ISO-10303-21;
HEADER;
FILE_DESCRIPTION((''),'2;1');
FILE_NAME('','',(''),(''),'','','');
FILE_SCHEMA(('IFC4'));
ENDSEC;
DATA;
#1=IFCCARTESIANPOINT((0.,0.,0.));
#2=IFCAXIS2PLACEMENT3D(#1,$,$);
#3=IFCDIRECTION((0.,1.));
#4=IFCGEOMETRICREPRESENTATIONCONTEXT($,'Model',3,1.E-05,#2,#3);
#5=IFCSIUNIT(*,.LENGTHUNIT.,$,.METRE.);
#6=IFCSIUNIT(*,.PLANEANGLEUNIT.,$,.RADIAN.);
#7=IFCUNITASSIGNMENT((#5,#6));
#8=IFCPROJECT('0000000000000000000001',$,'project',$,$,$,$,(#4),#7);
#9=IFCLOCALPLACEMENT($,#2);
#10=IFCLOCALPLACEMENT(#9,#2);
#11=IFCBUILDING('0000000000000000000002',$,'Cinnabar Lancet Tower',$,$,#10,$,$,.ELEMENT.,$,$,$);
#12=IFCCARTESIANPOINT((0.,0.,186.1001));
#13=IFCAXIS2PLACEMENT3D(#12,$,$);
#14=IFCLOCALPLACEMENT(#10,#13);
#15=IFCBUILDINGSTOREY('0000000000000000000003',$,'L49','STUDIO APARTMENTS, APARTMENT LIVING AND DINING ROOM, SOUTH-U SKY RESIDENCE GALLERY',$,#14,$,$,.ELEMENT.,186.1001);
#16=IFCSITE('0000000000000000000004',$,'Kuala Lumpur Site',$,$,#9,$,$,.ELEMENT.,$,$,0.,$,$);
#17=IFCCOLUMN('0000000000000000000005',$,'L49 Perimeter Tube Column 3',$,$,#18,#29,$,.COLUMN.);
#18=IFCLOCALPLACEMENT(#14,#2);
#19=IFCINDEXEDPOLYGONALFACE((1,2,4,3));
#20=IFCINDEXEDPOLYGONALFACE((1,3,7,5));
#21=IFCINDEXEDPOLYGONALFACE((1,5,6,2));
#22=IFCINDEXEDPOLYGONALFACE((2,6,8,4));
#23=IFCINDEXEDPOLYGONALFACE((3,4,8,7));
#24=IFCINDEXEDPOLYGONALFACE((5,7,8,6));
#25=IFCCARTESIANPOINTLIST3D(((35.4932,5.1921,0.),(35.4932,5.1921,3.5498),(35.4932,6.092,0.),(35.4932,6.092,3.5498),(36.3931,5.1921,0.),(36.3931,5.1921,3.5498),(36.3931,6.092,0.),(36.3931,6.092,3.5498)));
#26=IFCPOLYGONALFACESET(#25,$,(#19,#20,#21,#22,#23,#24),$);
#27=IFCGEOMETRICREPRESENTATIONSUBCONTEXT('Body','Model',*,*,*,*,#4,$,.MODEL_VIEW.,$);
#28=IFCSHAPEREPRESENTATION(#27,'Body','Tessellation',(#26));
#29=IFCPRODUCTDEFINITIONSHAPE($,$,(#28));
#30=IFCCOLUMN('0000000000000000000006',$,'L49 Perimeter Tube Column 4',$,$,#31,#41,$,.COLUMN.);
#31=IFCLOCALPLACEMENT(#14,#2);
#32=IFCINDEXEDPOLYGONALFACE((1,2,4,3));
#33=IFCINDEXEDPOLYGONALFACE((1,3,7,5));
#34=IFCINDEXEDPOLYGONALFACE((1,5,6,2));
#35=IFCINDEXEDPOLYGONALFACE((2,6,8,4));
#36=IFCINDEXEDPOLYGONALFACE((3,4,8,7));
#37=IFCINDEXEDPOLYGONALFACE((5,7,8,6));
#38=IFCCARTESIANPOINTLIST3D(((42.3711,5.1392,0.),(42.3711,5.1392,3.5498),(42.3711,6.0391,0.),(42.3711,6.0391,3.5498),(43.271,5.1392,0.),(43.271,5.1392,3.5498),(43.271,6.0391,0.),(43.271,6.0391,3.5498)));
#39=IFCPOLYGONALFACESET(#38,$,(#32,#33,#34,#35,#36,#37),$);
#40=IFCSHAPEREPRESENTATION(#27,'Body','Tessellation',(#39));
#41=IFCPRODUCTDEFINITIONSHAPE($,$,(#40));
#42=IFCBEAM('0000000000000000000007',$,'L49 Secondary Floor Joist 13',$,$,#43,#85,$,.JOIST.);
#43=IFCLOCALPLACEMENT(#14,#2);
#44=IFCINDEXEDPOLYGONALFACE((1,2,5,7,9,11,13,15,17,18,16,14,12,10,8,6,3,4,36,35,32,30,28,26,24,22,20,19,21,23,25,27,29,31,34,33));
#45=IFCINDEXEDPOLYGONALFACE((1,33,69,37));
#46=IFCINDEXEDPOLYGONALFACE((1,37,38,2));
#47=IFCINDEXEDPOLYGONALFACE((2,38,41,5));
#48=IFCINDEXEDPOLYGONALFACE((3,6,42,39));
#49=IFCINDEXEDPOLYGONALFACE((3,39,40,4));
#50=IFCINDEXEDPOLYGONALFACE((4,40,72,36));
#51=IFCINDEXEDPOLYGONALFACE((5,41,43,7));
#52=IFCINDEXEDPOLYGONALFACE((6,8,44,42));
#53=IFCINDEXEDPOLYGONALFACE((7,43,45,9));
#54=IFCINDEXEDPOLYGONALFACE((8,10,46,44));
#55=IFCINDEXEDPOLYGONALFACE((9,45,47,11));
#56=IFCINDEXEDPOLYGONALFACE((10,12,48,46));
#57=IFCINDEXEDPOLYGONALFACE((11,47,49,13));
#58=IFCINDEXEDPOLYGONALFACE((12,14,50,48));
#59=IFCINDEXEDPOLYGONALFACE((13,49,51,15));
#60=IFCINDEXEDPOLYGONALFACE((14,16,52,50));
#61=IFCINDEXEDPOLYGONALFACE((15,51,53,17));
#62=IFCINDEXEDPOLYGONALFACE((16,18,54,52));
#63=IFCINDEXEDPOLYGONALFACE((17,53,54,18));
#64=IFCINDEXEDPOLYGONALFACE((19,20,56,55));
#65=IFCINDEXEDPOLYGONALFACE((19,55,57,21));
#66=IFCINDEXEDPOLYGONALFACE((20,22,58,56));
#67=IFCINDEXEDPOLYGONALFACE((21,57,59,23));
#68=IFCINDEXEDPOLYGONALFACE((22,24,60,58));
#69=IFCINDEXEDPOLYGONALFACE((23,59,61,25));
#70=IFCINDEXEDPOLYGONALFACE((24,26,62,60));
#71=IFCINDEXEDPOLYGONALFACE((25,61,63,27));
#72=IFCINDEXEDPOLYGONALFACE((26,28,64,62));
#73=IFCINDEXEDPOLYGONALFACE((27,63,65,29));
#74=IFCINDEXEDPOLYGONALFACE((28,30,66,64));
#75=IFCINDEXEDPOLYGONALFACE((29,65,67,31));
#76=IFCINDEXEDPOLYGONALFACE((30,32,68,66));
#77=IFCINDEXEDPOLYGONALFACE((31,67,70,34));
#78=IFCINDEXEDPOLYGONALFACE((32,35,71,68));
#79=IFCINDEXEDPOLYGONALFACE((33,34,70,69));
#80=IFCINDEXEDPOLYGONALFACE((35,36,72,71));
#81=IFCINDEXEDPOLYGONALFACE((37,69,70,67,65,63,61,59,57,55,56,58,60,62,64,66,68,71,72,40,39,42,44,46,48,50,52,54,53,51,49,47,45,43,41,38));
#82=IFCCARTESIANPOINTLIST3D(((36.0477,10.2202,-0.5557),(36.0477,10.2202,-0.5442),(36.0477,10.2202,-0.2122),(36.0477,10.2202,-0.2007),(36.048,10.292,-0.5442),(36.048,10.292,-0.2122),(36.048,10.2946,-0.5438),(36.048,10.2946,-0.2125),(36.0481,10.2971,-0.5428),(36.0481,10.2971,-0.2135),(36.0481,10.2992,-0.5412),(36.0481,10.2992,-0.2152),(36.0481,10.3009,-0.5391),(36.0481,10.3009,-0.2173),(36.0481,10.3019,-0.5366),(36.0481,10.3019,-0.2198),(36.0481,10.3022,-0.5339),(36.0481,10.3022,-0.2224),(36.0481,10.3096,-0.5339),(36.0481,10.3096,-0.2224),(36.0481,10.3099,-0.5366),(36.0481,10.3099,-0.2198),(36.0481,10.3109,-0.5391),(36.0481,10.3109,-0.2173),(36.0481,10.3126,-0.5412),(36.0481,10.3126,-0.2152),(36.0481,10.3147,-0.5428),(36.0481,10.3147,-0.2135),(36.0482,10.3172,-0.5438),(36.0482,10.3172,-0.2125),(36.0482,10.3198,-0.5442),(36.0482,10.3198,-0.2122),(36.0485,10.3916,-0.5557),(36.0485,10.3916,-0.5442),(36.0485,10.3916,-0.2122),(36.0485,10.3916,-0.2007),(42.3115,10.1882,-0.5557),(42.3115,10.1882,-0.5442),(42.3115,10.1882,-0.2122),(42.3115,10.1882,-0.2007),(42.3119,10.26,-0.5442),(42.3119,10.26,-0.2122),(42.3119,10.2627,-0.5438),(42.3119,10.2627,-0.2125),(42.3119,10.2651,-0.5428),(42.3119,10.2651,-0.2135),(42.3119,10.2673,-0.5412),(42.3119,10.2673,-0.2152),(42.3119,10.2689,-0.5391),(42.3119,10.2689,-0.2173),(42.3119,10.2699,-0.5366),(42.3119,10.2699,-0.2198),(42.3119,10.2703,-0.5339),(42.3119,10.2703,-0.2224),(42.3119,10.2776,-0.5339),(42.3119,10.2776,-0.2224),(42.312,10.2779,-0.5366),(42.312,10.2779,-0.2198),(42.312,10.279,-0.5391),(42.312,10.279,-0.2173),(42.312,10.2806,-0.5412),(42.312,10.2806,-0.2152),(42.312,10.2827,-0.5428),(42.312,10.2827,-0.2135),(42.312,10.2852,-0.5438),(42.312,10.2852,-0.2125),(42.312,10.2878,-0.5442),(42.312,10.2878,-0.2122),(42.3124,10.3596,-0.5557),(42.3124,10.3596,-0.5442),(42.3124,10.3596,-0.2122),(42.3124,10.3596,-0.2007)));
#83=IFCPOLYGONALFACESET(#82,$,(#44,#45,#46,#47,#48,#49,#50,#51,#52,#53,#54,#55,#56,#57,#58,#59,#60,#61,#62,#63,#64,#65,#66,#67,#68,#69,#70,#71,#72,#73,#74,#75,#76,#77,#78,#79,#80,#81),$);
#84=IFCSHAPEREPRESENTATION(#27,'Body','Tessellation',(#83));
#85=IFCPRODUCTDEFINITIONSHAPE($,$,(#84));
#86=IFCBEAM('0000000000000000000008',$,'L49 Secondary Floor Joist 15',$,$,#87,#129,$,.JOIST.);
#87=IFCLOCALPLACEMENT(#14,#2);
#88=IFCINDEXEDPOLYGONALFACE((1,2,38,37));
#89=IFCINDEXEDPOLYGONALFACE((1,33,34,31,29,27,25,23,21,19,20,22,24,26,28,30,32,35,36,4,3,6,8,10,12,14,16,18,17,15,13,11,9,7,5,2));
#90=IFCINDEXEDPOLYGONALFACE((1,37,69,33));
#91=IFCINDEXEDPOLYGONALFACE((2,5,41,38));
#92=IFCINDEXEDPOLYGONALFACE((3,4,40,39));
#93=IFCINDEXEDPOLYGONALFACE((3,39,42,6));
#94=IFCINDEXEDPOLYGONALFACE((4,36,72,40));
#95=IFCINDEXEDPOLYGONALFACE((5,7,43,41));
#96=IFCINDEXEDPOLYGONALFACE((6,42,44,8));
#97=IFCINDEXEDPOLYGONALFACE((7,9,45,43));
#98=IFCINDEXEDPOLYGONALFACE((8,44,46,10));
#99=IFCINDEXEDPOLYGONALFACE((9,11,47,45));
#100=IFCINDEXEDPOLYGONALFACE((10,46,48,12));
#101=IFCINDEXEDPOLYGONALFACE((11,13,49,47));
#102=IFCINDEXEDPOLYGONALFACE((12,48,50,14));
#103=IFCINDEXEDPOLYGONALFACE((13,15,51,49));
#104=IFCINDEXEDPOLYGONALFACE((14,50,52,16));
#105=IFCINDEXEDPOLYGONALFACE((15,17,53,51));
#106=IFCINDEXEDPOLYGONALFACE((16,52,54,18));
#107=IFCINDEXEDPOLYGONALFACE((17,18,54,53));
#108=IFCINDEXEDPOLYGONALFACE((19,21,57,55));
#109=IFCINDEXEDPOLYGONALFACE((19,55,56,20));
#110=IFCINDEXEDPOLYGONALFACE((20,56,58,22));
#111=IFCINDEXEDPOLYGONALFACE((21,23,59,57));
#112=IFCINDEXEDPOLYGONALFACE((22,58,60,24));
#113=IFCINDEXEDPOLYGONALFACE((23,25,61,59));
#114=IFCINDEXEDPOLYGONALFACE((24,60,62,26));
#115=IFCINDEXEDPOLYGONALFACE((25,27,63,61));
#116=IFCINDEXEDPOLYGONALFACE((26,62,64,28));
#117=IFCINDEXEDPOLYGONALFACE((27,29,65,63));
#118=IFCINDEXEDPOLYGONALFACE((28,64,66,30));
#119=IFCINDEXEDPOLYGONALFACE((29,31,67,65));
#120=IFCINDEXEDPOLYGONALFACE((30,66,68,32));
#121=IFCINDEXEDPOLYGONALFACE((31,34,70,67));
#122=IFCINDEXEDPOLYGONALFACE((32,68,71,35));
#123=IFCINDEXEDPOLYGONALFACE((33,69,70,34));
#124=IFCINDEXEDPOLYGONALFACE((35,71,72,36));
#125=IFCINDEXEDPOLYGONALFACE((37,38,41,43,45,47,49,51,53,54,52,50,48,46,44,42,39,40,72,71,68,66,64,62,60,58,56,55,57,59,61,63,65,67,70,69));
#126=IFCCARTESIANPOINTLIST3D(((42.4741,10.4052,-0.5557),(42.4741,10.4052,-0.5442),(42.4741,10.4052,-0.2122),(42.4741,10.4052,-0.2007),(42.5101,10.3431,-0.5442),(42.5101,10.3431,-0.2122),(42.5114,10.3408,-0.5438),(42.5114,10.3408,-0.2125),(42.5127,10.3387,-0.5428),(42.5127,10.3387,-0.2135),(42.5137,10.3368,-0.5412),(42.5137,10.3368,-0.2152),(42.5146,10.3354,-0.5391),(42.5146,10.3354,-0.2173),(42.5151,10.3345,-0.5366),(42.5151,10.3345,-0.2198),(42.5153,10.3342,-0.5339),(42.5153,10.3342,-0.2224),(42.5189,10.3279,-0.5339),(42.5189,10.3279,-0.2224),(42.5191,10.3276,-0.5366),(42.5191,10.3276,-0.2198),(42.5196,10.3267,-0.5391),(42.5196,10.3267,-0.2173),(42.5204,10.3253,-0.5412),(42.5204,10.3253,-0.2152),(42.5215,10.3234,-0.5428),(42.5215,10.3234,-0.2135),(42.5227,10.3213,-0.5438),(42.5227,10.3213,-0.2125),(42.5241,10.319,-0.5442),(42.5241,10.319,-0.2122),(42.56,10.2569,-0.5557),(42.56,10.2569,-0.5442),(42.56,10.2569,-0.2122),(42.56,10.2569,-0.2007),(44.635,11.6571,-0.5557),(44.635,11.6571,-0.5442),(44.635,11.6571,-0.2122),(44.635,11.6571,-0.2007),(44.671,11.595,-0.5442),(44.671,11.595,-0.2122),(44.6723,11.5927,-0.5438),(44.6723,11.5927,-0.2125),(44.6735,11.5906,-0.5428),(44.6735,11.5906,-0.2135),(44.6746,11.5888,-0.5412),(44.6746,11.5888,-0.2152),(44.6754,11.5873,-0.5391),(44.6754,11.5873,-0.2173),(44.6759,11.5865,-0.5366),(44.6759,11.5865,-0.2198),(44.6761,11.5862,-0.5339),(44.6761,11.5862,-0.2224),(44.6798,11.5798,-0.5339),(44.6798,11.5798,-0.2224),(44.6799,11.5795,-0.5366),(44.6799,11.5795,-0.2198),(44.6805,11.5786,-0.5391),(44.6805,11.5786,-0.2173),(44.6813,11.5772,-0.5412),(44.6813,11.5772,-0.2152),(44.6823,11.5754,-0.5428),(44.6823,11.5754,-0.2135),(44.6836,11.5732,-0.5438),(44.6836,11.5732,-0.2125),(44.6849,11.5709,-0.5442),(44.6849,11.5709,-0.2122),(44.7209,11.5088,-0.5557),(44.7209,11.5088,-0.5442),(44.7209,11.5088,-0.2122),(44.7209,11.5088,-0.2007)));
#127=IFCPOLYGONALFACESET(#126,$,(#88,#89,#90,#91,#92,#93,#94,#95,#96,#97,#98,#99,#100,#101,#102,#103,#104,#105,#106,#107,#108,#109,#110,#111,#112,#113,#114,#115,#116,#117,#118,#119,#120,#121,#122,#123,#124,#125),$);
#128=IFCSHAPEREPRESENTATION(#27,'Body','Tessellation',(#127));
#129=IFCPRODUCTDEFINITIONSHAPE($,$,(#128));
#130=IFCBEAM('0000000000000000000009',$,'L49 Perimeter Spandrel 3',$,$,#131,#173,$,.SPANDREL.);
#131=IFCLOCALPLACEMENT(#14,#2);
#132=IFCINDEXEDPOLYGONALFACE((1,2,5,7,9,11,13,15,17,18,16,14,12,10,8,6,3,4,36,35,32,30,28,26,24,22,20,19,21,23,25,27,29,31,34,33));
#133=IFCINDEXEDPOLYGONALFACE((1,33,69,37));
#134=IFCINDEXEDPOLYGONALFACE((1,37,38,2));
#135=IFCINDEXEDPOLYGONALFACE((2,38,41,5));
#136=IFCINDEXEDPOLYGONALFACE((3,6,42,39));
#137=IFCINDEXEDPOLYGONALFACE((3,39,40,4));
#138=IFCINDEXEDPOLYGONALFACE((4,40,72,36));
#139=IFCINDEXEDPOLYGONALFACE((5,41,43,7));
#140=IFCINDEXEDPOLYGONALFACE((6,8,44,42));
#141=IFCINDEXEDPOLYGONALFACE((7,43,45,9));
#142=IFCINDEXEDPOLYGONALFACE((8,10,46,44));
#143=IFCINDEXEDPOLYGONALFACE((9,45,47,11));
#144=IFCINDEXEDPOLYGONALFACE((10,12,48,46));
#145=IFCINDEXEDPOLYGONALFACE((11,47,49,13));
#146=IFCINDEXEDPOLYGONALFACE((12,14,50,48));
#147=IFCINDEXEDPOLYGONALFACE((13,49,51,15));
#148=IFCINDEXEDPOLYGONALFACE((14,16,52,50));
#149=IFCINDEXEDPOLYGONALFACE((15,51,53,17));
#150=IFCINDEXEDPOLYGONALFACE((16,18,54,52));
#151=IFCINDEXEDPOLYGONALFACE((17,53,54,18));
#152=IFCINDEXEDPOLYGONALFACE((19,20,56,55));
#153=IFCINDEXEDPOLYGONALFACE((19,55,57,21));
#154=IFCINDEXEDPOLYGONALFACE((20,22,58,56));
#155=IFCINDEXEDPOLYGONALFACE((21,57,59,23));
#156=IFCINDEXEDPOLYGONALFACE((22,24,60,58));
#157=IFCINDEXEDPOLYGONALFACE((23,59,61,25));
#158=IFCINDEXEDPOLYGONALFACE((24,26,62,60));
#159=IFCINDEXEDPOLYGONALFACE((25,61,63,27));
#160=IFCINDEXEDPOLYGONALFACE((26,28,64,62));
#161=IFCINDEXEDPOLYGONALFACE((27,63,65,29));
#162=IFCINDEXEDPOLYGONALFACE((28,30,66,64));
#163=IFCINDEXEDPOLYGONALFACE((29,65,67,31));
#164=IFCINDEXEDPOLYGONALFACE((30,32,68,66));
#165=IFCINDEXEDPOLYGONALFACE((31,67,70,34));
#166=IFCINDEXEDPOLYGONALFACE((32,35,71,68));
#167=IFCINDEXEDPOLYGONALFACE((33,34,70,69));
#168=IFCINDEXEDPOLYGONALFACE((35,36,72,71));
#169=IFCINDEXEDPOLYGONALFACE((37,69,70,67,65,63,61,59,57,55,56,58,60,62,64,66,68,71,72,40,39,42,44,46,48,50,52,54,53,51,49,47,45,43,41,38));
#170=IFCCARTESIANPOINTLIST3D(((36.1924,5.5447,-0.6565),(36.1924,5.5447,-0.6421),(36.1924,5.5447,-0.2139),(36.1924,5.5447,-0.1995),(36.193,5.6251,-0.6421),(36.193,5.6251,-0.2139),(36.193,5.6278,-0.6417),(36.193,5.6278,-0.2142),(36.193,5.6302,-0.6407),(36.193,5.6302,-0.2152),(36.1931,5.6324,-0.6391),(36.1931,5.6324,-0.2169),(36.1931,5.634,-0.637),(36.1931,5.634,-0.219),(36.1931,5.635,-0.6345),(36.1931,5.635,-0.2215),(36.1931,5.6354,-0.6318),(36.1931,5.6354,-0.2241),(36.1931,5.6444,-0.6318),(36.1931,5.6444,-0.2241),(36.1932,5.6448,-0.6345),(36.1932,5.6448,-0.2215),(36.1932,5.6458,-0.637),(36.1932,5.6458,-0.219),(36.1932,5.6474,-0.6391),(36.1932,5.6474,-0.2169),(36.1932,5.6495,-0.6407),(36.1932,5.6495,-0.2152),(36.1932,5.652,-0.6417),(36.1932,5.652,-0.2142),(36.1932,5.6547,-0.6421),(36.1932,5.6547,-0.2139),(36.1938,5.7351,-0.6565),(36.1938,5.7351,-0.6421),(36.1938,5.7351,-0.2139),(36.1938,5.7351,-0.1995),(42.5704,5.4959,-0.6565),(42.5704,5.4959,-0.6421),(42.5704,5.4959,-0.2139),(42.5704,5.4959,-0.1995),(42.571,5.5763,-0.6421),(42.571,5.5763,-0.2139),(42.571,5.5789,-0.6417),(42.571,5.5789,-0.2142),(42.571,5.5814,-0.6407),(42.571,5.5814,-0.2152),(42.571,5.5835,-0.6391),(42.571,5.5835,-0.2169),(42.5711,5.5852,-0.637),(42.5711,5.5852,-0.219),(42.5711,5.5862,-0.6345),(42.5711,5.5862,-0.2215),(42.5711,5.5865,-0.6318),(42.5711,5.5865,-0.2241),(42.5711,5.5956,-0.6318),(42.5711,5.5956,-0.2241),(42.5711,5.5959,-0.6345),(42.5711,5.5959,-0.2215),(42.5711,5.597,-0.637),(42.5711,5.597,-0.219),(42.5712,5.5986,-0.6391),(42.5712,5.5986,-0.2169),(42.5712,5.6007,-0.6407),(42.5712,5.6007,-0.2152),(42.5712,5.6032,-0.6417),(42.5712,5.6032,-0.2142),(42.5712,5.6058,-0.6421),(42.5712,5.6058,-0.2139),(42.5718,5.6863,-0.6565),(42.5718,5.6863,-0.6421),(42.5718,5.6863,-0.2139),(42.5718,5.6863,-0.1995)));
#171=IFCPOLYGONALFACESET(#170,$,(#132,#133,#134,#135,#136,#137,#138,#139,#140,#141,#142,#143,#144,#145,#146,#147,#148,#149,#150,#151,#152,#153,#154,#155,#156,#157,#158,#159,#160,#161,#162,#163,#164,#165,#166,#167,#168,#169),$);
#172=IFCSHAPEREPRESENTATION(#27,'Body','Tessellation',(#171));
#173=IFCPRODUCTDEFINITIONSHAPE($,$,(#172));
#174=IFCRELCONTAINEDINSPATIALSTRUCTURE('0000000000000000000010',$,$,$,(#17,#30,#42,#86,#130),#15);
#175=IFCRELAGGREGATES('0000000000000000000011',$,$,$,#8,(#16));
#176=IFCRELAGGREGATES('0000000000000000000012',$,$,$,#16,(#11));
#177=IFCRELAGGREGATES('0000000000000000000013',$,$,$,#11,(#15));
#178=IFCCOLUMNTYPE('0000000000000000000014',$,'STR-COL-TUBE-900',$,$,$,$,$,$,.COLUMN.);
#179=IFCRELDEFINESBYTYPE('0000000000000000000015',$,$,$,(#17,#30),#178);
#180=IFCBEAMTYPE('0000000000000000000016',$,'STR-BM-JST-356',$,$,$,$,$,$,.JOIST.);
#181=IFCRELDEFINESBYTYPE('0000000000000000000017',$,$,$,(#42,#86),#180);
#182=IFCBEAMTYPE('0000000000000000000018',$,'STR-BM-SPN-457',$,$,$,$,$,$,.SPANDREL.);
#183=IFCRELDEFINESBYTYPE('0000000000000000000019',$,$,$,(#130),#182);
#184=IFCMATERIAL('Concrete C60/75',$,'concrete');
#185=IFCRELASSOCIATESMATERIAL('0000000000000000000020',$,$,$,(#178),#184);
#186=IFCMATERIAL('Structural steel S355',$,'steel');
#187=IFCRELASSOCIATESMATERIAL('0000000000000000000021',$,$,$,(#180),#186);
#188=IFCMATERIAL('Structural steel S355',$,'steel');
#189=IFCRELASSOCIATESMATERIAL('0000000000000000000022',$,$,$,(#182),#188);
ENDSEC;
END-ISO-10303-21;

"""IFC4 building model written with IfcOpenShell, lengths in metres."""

from ifc_helpers import new_model, si_unit, direction, frame, origin, origin_2d, place, context, subcontext, project, spatial, rectangle, i_section, extrude, material, material_profile, profile_set, type_object, element, save


model = new_model("IFC4")

# Units and contexts
model_context = context("Model", 3, precision=1e-05, world=origin(), true_north=direction((0.0, 1.0)))
body_context = subcontext(model_context, "Body", "Model", "MODEL_VIEW")
ifc_project = project(units=[si_unit("LENGTHUNIT", "METRE"), si_unit("PLANEANGLEUNIT", "RADIAN")], contexts=[model_context])

# Site, building, storey
site_placement = place(None, origin())
site = spatial("IfcSite", under=ifc_project, at=site_placement, Name="Kuala Lumpur Site", CompositionType="ELEMENT", RefElevation=0.0)
building_placement = place(site_placement, origin())
building = spatial("IfcBuilding", under=site, at=building_placement, Name="Cinnabar Lancet Tower", CompositionType="ELEMENT")
storey_placement = place(building_placement, frame((0.0, 0.0, 186.1001)))
storey = spatial("IfcBuildingStorey", under=building, at=storey_placement, Name="L49", Description="STUDIO APARTMENTS, APARTMENT LIVING AND DINING ROOM, SOUTH-U SKY RESIDENCE GALLERY", CompositionType="ELEMENT", Elevation=186.1001)

# Columns
ifc_material_1 = material(Name="Concrete C60/75", Category="concrete")
ifc_material_profile_1 = material_profile(ifc_material_1, rectangle(XDim=0.8999, YDim=0.8999, at=origin_2d()), Name="RC-COL 900x900")
ifc_profile_set_1 = profile_set([ifc_material_profile_1], Name="Concrete C60/75")
column_type = type_object("IfcColumnType", Name="STR-COL-TUBE-900", PredefinedType="COLUMN", material=ifc_profile_set_1)
for number, where, z_axis, x_axis, name in (
    (1, (35.9431, 5.6421, 0.0), (0.0, 0.0, 1.0), (1.0, 0.0, 0.0), "L49 Perimeter Tube Column 3"),
    (2, (42.821, 5.5891, 0.0), (0.0, 0.0, 1.0), (1.0, 0.0, 0.0), "L49 Perimeter Tube Column 4"),
):
    element("IfcColumn", number, at=place(storey_placement, frame(where, z_axis=z_axis, x_axis=x_axis)), inside=storey, type_object=column_type, Name=name, PredefinedType="COLUMN", context=body_context, shape_type="SweptSolid", body=[
        extrude(rectangle(XDim=0.8999, YDim=0.8999, at=origin_2d()), origin(), (0.0, 0.0, 1.0), 3.5498),
    ])

# Beams
ifc_material_2 = material(Name="Structural steel S355", Category="steel")
ifc_material_profile_2 = material_profile(ifc_material_2, i_section(OverallWidth=0.1714, OverallDepth=0.355, WebThickness=0.0073, FlangeThickness=0.0115, FilletRadius=0.0103, at=origin_2d()), Name="UKB 356x171x51")
ifc_profile_set_2 = profile_set([ifc_material_profile_2], Name="Structural steel S355")
beam_type_1 = type_object("IfcBeamType", Name="STR-BM-JST-356", PredefinedType="JOIST", material=ifc_profile_set_2)
beam_1_placement = place(storey_placement, frame((36.0481, 10.3059, -0.3782), z_axis=(0.999987, -0.005106, 0.0), x_axis=(0.005106, 0.999987, 0.0)))
element("IfcBeam", 3, at=beam_1_placement, inside=storey, type_object=beam_type_1, Name="L49 Secondary Floor Joist 13", PredefinedType="JOIST", context=body_context, shape_type="SweptSolid", body=[
    extrude(i_section(OverallWidth=0.1714, OverallDepth=0.355, WebThickness=0.0073, FlangeThickness=0.0115, FilletRadius=0.0103, at=origin_2d()), origin(), (0.0, 0.0, 1.0), 6.2639),
])
beam_2_placement = place(storey_placement, frame((42.5171, 10.3311, -0.3782), z_axis=(0.865268, 0.50131, 0.0), x_axis=(-0.50131, 0.865268, 0.0)))
element("IfcBeam", 4, at=beam_2_placement, inside=storey, type_object=beam_type_1, Name="L49 Secondary Floor Joist 15", PredefinedType="JOIST", context=body_context, shape_type="SweptSolid", body=[
    extrude(i_section(OverallWidth=0.1714, OverallDepth=0.355, WebThickness=0.0073, FlangeThickness=0.0115, FilletRadius=0.0103, at=origin_2d()), origin(), (0.0, 0.0, 1.0), 2.4973),
])
ifc_material_3 = material(Name="Structural steel S355", Category="steel")
ifc_material_profile_3 = material_profile(ifc_material_3, i_section(OverallWidth=0.1904, OverallDepth=0.457, WebThickness=0.009, FlangeThickness=0.0144, FilletRadius=0.0103, at=origin_2d()), Name="UKB 457x191x74")
ifc_profile_set_3 = profile_set([ifc_material_profile_3], Name="Structural steel S355")
beam_type_2 = type_object("IfcBeamType", Name="STR-BM-SPN-457", PredefinedType="SPANDREL", material=ifc_profile_set_3)
beam_3_placement = place(storey_placement, frame((36.1931, 5.6399, -0.428), z_axis=(0.999971, -0.007656, 0.0), x_axis=(0.007656, 0.999971, 0.0)))
element("IfcBeam", 5, at=beam_3_placement, inside=storey, type_object=beam_type_2, Name="L49 Perimeter Spandrel 3", PredefinedType="SPANDREL", context=body_context, shape_type="SweptSolid", body=[
    extrude(i_section(OverallWidth=0.1904, OverallDepth=0.457, WebThickness=0.009, FlangeThickness=0.0144, FilletRadius=0.0103, at=origin_2d()), origin(), (0.0, 0.0, 1.0), 6.3782),
])

save(model, "model.ifc")
